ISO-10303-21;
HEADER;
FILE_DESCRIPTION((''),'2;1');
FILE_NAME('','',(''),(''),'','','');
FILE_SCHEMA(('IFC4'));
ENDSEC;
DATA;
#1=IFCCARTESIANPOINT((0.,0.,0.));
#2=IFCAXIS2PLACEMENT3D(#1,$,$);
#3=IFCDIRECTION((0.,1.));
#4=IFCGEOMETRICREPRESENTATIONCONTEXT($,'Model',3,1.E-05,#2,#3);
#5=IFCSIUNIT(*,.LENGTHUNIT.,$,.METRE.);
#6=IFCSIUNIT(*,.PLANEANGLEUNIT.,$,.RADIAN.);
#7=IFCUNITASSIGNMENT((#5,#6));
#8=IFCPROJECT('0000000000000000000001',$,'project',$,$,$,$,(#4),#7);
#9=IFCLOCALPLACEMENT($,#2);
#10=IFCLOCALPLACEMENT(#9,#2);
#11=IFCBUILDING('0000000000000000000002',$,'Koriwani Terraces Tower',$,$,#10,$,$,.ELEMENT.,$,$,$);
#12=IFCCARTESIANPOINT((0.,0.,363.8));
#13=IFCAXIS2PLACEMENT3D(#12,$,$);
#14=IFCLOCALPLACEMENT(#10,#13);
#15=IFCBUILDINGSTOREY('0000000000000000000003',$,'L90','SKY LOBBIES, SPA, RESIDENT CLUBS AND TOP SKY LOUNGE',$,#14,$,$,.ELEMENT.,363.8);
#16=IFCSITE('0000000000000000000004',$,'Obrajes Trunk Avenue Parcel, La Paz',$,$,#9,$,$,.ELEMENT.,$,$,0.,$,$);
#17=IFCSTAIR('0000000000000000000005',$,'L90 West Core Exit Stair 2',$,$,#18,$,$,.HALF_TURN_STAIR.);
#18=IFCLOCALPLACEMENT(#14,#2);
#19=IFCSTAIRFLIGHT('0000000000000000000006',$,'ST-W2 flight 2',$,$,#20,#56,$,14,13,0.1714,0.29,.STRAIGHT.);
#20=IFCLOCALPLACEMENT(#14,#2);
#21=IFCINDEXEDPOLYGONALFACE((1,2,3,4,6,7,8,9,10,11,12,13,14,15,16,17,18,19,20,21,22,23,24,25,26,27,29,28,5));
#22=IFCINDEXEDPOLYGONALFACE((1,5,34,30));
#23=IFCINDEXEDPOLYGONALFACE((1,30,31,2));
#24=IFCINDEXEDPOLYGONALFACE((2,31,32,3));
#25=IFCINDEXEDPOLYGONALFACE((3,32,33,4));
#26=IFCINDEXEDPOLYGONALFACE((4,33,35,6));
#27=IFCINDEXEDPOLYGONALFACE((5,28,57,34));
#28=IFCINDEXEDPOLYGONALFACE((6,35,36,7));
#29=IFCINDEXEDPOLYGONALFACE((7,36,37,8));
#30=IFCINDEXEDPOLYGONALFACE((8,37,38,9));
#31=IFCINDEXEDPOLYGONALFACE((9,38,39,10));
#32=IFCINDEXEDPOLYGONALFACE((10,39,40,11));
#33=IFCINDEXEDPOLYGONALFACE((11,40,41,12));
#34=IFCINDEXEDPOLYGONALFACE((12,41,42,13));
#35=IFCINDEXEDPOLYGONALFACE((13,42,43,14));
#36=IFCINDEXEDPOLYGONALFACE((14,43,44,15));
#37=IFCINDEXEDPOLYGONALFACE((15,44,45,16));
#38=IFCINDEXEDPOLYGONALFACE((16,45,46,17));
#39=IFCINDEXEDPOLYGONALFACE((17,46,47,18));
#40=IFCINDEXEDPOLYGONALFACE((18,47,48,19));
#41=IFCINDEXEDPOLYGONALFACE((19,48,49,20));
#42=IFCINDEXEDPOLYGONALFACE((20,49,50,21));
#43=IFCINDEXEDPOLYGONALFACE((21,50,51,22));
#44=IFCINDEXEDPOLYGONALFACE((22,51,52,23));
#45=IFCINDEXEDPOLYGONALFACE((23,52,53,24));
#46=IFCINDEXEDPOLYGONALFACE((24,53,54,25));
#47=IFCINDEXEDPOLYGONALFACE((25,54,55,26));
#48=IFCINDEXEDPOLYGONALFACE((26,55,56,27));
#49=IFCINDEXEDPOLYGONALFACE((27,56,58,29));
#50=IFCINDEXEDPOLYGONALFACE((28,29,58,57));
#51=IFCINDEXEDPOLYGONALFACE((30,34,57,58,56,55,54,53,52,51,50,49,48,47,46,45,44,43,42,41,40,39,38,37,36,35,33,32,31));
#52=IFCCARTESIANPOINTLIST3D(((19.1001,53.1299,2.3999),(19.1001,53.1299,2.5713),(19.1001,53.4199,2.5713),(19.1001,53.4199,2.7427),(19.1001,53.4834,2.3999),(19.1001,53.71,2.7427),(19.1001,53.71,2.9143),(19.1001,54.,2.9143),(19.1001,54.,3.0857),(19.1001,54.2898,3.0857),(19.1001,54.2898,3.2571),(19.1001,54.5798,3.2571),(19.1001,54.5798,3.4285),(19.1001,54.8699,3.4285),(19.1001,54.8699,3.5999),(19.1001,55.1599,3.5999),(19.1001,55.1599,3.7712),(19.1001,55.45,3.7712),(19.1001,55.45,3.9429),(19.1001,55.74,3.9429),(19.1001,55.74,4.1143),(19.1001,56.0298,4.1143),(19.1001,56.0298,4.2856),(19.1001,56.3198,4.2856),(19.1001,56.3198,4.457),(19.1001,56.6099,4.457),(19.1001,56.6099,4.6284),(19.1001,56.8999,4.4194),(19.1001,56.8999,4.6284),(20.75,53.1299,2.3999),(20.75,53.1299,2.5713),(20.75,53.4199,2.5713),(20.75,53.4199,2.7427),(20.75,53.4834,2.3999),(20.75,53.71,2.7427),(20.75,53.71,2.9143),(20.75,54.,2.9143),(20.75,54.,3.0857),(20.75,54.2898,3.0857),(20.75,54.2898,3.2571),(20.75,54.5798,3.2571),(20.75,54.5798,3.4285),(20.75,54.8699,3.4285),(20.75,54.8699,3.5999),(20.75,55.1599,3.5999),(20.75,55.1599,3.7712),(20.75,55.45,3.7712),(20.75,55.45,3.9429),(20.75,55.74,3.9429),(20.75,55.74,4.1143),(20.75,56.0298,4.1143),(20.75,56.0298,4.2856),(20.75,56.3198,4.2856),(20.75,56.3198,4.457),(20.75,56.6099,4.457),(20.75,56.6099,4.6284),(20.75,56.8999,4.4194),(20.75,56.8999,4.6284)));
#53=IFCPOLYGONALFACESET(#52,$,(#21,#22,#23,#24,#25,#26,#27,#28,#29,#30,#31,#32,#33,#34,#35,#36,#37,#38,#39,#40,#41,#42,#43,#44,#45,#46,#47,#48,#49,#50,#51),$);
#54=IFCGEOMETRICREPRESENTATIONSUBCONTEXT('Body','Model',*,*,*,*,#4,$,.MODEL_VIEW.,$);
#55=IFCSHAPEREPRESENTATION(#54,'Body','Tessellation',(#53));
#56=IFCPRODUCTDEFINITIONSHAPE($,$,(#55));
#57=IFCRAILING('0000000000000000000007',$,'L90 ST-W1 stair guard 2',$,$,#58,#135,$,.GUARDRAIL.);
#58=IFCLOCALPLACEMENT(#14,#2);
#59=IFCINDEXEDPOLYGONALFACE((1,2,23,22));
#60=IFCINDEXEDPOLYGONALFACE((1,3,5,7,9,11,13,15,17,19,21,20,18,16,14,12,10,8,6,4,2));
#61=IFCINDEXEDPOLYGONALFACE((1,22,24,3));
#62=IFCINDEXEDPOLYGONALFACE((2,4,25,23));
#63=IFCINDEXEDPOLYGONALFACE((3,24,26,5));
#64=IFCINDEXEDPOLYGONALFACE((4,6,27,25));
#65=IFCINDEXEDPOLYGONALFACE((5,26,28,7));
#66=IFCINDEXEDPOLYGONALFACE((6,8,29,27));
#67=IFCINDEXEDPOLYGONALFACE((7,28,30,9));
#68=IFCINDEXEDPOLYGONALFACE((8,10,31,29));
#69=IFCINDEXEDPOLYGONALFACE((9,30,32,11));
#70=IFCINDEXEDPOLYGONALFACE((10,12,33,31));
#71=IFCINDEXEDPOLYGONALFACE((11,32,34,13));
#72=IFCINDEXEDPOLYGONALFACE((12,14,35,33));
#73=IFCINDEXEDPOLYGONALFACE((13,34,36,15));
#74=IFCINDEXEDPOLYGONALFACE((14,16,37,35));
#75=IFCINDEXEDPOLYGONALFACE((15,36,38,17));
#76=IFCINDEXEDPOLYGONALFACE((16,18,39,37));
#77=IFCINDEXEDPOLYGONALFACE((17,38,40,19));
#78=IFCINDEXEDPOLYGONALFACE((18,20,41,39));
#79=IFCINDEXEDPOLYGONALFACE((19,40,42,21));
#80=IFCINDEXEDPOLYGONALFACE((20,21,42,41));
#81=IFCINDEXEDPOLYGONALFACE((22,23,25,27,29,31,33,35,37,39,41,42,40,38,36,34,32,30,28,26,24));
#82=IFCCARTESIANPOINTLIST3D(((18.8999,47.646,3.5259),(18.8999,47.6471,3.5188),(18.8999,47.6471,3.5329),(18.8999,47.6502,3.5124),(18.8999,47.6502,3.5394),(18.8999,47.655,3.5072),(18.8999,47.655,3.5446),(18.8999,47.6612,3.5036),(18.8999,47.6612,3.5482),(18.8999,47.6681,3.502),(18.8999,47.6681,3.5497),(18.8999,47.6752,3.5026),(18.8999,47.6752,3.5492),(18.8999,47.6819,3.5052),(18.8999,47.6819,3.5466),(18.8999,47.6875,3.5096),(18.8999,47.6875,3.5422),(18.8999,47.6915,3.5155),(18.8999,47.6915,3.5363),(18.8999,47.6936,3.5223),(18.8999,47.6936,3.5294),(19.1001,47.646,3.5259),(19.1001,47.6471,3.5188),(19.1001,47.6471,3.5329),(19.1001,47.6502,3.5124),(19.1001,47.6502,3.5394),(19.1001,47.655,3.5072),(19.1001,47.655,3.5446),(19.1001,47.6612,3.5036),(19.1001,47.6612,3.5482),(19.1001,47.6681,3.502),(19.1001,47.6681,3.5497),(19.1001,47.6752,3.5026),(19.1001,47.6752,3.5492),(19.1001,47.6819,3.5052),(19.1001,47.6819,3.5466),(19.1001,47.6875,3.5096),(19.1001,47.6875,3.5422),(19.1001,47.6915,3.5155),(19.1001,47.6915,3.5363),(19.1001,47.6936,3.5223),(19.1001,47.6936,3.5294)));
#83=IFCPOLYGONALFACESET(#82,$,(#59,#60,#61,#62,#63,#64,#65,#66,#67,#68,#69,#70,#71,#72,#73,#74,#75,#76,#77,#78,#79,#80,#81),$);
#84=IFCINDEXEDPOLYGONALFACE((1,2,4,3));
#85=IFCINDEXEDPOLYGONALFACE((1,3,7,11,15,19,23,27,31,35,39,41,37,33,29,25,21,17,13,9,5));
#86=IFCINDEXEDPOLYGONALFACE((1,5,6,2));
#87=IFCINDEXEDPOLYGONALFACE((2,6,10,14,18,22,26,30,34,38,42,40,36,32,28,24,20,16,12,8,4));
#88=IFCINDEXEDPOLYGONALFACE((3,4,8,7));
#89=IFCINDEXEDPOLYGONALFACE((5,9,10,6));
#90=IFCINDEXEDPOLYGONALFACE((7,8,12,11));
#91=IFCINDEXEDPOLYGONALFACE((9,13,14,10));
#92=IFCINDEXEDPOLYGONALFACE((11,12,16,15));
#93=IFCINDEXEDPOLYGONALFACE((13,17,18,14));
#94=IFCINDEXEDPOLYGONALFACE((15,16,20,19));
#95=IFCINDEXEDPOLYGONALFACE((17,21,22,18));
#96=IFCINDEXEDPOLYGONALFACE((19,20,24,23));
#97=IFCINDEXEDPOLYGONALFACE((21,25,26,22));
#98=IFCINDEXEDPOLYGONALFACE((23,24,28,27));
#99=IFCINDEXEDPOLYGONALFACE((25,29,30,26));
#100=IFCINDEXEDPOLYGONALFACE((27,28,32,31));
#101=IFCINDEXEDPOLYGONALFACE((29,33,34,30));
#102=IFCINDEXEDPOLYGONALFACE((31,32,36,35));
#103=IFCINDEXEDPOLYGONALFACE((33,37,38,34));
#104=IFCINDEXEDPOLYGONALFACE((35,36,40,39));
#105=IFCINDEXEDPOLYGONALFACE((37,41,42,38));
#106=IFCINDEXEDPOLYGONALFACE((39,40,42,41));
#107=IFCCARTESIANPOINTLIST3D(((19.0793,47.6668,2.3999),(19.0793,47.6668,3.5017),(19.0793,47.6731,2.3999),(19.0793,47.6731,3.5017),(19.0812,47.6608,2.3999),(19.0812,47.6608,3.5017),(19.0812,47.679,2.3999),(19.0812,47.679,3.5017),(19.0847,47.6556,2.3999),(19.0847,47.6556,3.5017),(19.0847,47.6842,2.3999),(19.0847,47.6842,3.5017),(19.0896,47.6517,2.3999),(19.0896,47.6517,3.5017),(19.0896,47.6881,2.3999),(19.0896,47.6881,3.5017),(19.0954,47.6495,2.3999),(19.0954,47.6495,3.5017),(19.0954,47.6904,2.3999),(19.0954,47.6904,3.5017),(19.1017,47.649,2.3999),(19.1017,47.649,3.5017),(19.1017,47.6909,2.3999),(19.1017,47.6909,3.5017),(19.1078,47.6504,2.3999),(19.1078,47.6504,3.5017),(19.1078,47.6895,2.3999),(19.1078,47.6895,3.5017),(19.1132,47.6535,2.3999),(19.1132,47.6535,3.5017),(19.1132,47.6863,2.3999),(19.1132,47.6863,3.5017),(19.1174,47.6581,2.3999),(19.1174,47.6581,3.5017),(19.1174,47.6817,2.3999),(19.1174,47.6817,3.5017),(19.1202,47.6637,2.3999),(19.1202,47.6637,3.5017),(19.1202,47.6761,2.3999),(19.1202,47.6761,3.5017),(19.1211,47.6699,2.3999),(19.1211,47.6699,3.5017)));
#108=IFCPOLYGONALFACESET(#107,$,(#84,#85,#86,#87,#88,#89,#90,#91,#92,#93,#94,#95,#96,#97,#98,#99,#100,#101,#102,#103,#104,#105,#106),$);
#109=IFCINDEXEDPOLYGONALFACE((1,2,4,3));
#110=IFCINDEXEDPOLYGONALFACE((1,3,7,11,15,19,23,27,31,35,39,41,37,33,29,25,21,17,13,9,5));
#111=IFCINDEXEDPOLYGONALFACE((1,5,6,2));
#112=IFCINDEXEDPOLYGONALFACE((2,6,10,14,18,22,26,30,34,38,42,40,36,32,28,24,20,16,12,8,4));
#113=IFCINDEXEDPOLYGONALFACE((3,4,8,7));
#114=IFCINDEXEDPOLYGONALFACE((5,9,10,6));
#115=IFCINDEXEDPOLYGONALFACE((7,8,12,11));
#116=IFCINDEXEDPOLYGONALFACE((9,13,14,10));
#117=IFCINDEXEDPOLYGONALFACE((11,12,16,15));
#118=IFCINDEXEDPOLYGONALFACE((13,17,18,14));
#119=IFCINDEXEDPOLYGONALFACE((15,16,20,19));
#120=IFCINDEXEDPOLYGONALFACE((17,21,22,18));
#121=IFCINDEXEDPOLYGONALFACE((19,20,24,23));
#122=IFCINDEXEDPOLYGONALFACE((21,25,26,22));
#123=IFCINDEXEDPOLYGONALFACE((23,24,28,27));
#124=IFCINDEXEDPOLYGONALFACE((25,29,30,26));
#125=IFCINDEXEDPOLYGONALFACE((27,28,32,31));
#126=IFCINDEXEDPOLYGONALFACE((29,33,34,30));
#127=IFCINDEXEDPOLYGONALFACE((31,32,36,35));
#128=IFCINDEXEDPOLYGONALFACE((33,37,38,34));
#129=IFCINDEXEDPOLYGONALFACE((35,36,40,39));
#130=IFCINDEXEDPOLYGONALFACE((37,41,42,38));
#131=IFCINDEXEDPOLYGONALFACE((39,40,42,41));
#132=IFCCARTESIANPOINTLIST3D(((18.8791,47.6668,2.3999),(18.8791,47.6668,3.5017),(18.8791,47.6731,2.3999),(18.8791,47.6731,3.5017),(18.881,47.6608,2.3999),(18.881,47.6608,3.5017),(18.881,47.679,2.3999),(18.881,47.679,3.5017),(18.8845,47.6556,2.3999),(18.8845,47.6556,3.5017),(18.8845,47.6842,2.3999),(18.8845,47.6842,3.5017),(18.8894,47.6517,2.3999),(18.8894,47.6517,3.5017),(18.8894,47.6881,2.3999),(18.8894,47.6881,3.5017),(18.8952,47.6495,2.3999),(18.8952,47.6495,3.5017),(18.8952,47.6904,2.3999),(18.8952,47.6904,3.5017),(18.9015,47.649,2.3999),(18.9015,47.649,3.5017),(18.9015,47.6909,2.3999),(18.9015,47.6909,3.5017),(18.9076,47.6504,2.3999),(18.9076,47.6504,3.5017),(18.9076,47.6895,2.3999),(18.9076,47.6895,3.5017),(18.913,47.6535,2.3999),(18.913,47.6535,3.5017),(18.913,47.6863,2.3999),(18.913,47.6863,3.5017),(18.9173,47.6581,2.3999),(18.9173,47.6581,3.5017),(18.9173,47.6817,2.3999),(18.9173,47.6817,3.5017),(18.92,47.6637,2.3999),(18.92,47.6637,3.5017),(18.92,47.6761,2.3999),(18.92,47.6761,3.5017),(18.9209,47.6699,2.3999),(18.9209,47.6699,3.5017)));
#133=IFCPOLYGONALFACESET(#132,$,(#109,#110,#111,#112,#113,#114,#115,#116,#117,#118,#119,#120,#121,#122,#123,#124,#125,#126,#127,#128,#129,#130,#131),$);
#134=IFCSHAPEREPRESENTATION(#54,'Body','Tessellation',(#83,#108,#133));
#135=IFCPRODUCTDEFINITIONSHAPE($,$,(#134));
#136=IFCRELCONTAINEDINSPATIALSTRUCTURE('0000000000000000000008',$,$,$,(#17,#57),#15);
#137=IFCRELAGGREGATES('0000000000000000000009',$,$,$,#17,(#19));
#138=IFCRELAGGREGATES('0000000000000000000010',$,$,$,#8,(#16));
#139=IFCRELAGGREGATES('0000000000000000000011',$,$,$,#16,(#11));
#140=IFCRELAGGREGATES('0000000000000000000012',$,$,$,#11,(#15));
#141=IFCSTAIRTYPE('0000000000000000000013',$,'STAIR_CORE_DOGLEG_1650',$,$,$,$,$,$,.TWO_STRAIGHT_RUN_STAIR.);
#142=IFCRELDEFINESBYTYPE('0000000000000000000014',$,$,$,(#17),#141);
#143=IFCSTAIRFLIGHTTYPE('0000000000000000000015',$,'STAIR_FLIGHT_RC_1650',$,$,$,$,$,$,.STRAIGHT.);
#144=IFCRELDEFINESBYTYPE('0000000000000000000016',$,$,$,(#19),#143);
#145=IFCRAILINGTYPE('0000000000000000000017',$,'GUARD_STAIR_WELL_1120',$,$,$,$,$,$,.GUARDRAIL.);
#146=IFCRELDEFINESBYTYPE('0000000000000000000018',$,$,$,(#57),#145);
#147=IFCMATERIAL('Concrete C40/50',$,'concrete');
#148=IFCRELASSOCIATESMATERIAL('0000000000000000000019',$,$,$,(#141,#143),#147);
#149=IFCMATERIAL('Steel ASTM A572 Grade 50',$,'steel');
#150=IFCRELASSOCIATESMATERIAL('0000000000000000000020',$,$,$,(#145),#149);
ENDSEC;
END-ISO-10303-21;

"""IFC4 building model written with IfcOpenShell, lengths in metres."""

from ifc_helpers import new_model, si_unit, direction, frame, origin, origin_2d, place, context, subcontext, project, spatial, polyline, circle, outline, extrude, material, type_object, element, aggregate, save


model = new_model("IFC4")

# Units and contexts
model_context = context("Model", 3, precision=1e-05, world=origin(), true_north=direction((0.0, 1.0)))
body_context = subcontext(model_context, "Body", "Model", "MODEL_VIEW")
ifc_project = project(units=[si_unit("LENGTHUNIT", "METRE"), si_unit("PLANEANGLEUNIT", "RADIAN")], contexts=[model_context])

# Site, building, storey
site_placement = place(None, origin())
site = spatial("IfcSite", under=ifc_project, at=site_placement, Name="Obrajes Trunk Avenue Parcel, La Paz", CompositionType="ELEMENT", RefElevation=0.0)
building_placement = place(site_placement, origin())
building = spatial("IfcBuilding", under=site, at=building_placement, Name="Koriwani Terraces Tower", CompositionType="ELEMENT")
storey_placement = place(building_placement, frame((0.0, 0.0, 363.8)))
storey = spatial("IfcBuildingStorey", under=building, at=storey_placement, Name="L90", Description="SKY LOBBIES, SPA, RESIDENT CLUBS AND TOP SKY LOUNGE", CompositionType="ELEMENT", Elevation=363.8)

# Shared definitions
ifc_material_1 = material(Name="Concrete C40/50", Category="concrete")

# Shared definitions
ifc_material_2 = material(Name="Steel ASTM A572 Grade 50", Category="steel")

# Shared definitions
stair_type = type_object("IfcStairType", Name="STAIR_CORE_DOGLEG_1650", PredefinedType="TWO_STRAIGHT_RUN_STAIR", material=ifc_material_1)
stair_flight_type = type_object("IfcStairFlightType", Name="STAIR_FLIGHT_RC_1650", PredefinedType="STRAIGHT", material=ifc_material_1)

# Stair, stair flight
stair_1_placement = place(storey_placement, origin())
stair_1 = element("IfcStair", 1, at=stair_1_placement, inside=storey, type_object=stair_type, Name="L90 West Core Exit Stair 2", PredefinedType="HALF_TURN_STAIR")
stair_flight_1_placement = place(storey_placement, frame((19.925, 53.1299, 2.3999), z_axis=(0.0, 0.0, 1.0), x_axis=(0.0, 1.0, 0.0)))
stair_flight_1 = element("IfcStairFlight", 2, at=stair_flight_1_placement, type_object=stair_flight_type, Name="ST-W2 flight 2", NumberOfRisers=14, NumberOfTreads=13, PredefinedType="STRAIGHT", RiserHeight=0.1714, TreadLength=0.29, context=body_context, shape_type="SweptSolid", body=[
    extrude(outline(polyline([(0.0, 0.0), (0.0, 0.1714), (0.29, 0.1714), (0.29, 0.3428), (0.5801, 0.3428), (0.5801, 0.5144), (0.8701, 0.5144), (0.8701, 0.6858), (1.1599, 0.6858), (1.1599, 0.8572), (1.45, 0.8572), (1.45, 1.0286), (1.74, 1.0286), (1.74, 1.2), (2.03, 1.2), (2.03, 1.3713), (2.3201, 1.3713), (2.3201, 1.543), (2.6101, 1.543), (2.6101, 1.7144), (2.8999, 1.7144), (2.8999, 1.8857), (3.1899, 1.8857), (3.1899, 2.0571), (3.48, 2.0571), (3.48, 2.2285), (3.77, 2.2285), (3.77, 2.3999), (3.77, 2.0195), (0.3535, 0.0), (0.0, 0.0)])), frame((0.0, 0.825, 0.0), z_axis=(0.0, -1.0, 0.0), x_axis=(1.0, 0.0, 0.0)), (0.0, 0.0, 1.0), 1.6499),
])
aggregate(stair_1, [stair_flight_1])

# Railing
railing_type_1 = type_object("IfcRailingType", Name="GUARD_STAIR_WELL_1120", PredefinedType="GUARDRAIL", material=ifc_material_2)
railing_1_placement = place(storey_placement, frame((19.1001, 47.6699, 2.3999)))
element("IfcRailing", 3, at=railing_1_placement, inside=storey, type_object=railing_type_1, Name="L90 ST-W1 stair guard 2", PredefinedType="GUARDRAIL", context=body_context, shape_type="SweptSolid", body=[
    extrude(circle(Radius=0.0239, at=origin_2d()), frame((0.0, 0.0, 1.126), z_axis=(-1.0, 0.0, 0.0), x_axis=(0.0, -1.0, 0.0)), (0.0, 0.0, 1.0), 0.2002),
    extrude(circle(Radius=0.021, at=origin_2d()), origin(), (0.0, 0.0, 1.0), 1.1018),
    extrude(circle(Radius=0.021, at=origin_2d()), frame((-0.2002, 0.0, 0.0)), (0.0, 0.0, 1.0), 1.1018),
])

save(model, "model.ifc")
